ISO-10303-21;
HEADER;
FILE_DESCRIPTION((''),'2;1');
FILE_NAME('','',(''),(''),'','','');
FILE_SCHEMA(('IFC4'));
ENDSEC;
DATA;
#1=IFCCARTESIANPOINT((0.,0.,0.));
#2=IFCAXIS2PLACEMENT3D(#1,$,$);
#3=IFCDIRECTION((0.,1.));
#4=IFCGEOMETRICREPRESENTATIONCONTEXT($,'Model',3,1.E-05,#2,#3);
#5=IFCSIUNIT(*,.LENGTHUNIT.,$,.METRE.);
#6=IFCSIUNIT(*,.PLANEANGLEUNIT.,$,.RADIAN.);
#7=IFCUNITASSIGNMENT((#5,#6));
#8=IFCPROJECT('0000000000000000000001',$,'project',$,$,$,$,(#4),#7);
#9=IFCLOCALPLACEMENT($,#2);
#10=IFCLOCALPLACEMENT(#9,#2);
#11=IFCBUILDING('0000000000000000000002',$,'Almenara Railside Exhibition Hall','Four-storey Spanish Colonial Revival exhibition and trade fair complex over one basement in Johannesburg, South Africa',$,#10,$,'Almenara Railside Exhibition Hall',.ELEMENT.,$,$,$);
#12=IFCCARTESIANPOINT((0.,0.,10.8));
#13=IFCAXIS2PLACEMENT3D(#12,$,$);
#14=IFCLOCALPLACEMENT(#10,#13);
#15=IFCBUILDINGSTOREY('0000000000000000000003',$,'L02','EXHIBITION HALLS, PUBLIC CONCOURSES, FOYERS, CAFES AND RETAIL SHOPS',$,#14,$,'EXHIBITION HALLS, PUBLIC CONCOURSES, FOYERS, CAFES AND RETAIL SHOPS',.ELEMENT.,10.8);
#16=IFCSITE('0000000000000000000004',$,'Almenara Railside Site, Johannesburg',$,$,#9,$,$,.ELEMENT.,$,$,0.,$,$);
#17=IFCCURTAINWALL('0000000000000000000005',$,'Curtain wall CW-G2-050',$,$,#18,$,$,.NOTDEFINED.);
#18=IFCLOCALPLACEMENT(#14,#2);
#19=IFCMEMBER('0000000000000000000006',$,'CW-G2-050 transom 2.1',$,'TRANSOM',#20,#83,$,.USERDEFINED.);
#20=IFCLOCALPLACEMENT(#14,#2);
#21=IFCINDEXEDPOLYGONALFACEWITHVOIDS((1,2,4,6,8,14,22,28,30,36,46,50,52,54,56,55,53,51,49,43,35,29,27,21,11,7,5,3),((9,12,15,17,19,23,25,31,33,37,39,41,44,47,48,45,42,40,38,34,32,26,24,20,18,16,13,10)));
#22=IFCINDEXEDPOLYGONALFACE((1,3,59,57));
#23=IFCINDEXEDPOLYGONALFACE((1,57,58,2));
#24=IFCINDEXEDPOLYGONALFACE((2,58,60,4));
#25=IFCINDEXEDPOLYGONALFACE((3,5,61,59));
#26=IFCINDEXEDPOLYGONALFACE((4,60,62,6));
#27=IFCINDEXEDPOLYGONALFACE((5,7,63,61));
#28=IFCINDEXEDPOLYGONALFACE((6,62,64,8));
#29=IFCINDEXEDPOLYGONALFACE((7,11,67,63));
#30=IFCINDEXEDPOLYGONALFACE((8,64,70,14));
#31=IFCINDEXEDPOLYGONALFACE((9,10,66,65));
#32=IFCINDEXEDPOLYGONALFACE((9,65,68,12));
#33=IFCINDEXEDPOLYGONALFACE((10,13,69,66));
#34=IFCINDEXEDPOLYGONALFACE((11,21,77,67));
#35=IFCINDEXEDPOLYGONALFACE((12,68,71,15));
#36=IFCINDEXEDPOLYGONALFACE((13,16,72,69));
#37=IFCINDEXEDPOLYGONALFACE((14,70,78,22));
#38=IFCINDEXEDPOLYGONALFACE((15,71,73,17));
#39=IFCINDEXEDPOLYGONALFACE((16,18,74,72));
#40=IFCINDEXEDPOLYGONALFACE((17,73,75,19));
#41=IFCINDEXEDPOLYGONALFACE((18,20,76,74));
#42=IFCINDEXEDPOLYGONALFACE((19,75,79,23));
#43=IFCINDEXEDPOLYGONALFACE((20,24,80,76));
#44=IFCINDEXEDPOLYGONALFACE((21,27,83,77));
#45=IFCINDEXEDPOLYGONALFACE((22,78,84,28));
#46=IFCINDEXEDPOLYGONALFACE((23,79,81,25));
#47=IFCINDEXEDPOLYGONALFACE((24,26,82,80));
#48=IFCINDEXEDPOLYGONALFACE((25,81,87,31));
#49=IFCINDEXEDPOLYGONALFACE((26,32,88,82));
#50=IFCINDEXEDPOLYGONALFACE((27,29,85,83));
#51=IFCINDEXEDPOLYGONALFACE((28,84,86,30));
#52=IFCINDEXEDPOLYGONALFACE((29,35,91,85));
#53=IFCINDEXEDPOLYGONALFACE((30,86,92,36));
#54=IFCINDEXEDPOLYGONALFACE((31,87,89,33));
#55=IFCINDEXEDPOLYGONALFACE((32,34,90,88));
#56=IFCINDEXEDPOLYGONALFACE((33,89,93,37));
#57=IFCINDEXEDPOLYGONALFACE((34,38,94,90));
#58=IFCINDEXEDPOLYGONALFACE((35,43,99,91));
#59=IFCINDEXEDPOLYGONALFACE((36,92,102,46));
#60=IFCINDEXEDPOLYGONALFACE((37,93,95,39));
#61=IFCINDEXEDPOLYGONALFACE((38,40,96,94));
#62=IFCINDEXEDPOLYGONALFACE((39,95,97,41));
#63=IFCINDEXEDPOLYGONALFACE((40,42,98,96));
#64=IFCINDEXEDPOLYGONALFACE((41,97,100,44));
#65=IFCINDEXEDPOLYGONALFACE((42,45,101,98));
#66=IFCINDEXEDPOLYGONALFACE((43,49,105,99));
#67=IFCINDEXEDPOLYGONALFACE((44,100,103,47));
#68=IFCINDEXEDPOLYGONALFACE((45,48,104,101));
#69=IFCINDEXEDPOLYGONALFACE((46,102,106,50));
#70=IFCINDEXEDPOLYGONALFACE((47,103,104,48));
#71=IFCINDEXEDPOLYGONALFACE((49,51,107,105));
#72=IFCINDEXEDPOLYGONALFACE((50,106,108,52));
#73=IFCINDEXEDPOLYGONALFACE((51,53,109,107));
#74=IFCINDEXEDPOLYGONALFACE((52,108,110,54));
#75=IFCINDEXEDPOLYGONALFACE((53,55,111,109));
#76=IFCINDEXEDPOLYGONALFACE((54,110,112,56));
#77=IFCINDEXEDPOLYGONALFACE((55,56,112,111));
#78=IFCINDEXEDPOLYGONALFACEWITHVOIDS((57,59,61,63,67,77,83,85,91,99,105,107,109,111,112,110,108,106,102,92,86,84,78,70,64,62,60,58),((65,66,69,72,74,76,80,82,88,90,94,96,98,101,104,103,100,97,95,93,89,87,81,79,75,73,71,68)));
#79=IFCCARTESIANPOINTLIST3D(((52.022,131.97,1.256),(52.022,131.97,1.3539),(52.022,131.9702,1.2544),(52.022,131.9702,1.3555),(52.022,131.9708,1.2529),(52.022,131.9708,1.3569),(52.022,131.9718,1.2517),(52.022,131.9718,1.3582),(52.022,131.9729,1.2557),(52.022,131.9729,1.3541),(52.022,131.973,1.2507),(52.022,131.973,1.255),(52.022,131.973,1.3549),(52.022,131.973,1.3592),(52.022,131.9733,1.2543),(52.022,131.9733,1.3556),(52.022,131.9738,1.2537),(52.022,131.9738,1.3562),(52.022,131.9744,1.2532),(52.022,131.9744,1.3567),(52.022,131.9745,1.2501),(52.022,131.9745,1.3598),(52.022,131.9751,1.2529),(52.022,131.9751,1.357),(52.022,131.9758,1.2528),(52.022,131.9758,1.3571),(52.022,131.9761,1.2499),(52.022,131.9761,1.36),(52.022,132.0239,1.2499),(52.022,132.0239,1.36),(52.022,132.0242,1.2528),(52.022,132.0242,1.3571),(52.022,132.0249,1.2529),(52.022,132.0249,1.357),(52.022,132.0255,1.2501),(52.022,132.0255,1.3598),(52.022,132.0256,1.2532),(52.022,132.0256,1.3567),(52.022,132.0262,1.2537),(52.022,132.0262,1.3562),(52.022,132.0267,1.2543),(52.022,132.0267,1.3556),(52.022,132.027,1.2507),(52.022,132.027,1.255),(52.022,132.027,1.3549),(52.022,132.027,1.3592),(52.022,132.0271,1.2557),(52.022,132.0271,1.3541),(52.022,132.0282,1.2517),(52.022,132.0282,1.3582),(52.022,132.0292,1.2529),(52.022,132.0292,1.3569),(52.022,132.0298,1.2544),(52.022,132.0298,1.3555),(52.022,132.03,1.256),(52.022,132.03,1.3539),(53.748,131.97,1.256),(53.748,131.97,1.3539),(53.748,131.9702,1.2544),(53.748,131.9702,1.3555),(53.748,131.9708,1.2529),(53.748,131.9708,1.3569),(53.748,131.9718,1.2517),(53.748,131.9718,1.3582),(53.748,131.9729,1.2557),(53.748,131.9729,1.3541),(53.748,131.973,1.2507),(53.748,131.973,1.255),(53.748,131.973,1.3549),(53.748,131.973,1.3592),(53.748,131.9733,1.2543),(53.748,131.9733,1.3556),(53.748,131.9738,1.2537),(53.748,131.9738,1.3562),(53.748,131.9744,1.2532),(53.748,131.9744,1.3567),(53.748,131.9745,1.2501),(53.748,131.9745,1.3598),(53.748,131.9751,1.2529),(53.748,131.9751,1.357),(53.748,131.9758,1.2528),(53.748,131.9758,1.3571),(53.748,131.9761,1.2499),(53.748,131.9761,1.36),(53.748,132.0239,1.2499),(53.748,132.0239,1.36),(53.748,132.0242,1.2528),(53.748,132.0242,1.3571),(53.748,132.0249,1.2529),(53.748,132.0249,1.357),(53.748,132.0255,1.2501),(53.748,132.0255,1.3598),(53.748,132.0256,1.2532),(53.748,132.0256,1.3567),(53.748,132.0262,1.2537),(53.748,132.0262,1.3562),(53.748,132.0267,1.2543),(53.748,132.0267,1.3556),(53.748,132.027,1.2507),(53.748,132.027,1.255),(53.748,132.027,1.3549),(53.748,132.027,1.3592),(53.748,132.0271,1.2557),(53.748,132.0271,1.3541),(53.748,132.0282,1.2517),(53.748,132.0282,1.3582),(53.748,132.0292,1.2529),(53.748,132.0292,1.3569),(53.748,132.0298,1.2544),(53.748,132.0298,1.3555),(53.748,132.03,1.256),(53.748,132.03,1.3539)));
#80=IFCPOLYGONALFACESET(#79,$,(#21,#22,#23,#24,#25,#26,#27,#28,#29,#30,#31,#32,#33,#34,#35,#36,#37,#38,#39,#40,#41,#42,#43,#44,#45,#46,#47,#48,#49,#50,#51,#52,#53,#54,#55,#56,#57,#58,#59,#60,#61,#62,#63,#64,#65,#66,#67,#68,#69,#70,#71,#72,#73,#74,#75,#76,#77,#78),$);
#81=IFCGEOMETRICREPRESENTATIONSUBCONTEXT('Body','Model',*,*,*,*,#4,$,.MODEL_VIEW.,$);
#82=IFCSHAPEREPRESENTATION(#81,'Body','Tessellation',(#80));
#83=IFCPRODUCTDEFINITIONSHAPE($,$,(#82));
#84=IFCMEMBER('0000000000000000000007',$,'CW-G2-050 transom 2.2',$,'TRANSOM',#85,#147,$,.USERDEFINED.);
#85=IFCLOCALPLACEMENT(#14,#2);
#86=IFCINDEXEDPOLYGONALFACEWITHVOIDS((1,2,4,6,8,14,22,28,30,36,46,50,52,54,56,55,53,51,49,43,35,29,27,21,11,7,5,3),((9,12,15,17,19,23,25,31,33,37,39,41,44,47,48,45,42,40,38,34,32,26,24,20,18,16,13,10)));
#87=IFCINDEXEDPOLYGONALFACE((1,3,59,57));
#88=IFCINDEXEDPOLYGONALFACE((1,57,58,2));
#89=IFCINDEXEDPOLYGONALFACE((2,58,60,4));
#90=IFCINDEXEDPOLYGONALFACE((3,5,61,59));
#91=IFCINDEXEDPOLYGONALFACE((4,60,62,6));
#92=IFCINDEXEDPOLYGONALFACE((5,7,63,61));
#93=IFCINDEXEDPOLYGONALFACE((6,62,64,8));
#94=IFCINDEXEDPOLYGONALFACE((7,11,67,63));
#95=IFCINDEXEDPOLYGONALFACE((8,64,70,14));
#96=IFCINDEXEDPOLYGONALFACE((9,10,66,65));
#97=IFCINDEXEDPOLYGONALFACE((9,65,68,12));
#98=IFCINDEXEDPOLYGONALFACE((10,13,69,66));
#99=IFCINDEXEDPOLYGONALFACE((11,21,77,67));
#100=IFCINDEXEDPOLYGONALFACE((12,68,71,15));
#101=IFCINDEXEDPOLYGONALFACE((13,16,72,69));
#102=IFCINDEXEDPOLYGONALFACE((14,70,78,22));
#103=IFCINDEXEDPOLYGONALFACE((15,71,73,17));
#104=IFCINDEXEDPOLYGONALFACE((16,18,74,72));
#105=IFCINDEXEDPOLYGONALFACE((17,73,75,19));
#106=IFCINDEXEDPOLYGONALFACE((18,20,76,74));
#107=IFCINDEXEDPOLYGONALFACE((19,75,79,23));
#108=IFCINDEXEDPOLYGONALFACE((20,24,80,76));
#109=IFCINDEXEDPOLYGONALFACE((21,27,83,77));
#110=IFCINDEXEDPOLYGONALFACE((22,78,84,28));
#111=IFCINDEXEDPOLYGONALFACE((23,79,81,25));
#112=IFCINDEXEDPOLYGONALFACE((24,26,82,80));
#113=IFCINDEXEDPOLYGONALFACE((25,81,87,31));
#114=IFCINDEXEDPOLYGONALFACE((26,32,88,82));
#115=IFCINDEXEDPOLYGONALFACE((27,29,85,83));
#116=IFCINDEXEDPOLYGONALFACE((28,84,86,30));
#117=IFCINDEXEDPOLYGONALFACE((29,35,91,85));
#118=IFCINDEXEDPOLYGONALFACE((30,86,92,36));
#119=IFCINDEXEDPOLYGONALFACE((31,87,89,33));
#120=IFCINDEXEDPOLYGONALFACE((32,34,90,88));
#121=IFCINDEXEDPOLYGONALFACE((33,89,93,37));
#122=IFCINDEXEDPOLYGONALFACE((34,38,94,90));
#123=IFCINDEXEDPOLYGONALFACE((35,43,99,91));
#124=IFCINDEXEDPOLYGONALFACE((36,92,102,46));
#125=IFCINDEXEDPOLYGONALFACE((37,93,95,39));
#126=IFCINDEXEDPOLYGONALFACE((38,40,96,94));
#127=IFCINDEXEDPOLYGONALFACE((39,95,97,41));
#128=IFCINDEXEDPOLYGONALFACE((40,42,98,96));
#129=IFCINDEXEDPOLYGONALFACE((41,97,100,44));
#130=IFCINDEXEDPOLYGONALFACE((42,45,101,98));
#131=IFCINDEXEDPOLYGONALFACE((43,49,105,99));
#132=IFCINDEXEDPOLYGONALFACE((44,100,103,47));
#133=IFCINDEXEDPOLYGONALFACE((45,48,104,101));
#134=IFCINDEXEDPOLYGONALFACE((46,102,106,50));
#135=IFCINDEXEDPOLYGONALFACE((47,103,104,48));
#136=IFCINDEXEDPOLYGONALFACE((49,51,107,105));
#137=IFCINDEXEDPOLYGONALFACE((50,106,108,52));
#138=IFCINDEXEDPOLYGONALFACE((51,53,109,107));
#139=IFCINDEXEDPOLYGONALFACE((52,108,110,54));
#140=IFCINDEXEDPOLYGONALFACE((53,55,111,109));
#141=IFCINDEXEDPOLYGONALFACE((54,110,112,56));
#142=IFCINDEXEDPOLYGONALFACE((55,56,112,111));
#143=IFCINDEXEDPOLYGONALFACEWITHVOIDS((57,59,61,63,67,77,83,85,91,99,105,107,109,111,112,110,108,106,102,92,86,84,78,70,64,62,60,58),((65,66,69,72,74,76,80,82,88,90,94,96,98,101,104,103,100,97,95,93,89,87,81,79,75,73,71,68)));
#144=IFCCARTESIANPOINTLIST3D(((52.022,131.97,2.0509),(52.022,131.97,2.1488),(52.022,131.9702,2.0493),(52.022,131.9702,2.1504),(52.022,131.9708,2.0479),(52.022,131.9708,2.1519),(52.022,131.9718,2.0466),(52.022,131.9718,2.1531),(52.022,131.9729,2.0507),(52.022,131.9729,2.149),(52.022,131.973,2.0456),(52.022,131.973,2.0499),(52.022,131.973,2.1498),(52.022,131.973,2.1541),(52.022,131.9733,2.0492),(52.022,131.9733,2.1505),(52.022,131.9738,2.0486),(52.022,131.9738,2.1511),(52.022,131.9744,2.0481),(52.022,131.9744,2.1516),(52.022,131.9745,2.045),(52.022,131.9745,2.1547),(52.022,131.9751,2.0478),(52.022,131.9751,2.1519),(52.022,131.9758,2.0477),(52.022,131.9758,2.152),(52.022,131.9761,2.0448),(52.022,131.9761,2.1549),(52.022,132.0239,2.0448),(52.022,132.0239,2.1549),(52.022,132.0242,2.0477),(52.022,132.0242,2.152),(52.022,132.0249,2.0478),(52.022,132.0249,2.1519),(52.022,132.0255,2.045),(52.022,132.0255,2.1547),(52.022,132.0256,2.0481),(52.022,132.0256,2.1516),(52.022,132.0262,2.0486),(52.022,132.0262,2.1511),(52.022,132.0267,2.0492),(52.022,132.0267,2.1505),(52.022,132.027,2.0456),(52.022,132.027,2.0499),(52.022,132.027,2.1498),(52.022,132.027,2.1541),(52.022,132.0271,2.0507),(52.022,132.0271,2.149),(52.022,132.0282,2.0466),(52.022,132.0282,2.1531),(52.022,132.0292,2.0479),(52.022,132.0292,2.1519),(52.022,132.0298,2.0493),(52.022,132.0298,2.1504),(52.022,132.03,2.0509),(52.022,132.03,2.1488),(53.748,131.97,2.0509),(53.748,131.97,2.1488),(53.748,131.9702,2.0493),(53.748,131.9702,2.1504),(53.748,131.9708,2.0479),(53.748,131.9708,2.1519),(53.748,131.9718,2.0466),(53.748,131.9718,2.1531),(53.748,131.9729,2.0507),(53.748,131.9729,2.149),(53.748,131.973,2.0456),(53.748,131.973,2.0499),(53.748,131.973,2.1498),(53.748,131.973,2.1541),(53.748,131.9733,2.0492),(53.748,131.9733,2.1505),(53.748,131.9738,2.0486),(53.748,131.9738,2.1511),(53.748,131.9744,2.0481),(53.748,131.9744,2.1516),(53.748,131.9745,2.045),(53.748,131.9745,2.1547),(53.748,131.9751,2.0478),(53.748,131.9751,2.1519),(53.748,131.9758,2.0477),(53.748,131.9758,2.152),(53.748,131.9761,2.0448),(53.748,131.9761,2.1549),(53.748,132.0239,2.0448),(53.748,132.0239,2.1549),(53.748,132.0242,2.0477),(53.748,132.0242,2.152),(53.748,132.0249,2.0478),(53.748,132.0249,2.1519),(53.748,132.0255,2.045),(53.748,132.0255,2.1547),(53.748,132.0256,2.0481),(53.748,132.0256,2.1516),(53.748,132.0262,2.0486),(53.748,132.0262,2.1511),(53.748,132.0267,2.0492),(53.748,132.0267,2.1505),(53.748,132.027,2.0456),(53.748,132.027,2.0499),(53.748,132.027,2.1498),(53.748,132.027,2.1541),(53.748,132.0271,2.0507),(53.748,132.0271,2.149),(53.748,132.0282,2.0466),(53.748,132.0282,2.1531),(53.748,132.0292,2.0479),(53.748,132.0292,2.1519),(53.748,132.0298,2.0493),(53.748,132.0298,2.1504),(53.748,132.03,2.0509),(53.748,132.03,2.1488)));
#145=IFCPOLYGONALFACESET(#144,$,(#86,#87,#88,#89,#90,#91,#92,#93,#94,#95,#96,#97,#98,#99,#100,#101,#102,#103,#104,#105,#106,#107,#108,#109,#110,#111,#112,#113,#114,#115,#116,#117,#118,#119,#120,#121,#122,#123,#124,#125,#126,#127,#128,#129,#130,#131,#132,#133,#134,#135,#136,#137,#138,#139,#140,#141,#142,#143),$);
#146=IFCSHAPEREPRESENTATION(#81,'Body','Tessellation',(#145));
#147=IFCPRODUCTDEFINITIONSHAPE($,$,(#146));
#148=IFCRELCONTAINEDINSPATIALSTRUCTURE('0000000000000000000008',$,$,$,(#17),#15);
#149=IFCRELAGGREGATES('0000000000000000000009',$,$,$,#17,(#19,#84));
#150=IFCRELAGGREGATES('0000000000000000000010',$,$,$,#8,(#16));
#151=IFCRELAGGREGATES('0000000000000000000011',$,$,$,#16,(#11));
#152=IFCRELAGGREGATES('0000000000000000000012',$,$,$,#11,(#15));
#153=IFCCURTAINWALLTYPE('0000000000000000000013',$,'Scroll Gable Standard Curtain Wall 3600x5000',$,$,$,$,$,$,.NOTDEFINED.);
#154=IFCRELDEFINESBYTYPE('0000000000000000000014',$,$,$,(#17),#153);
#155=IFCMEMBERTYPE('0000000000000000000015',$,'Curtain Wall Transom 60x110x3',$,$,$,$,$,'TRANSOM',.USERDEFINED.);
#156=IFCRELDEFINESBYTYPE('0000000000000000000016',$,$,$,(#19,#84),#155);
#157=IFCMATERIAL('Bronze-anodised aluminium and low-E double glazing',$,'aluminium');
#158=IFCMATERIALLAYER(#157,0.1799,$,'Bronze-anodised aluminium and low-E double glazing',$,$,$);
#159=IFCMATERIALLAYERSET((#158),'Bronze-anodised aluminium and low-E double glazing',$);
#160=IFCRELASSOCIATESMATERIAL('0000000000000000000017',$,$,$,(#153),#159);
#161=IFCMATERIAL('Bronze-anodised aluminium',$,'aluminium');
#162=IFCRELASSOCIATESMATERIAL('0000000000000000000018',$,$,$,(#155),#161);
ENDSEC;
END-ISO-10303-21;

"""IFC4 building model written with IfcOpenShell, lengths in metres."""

from ifc_helpers import new_model, si_unit, direction, frame, origin, origin_2d, place, context, subcontext, project, spatial, hollow_rectangle, extrude, material, layer, layer_set, material_profile, profile_set, type_object, element, aggregate, save


model = new_model("IFC4")

# Units and contexts
model_context = context("Model", 3, precision=1e-05, world=origin(), true_north=direction((0.0, 1.0)))
body_context = subcontext(model_context, "Body", "Model", "MODEL_VIEW")
ifc_project = project(units=[si_unit("LENGTHUNIT", "METRE"), si_unit("PLANEANGLEUNIT", "RADIAN")], contexts=[model_context])

# Site, building, storey
site_placement = place(None, origin())
site = spatial("IfcSite", under=ifc_project, at=site_placement, Name="Almenara Railside Site, Johannesburg", CompositionType="ELEMENT", RefElevation=0.0)
building_placement = place(site_placement, origin())
building = spatial("IfcBuilding", under=site, at=building_placement, Name="Almenara Railside Exhibition Hall", Description="Four-storey Spanish Colonial Revival exhibition and trade fair complex over one basement in Johannesburg, South Africa", LongName="Almenara Railside Exhibition Hall", CompositionType="ELEMENT")
storey_placement = place(building_placement, frame((0.0, 0.0, 10.8)))
storey = spatial("IfcBuildingStorey", under=building, at=storey_placement, Name="L02", Description="EXHIBITION HALLS, PUBLIC CONCOURSES, FOYERS, CAFES AND RETAIL SHOPS", LongName="EXHIBITION HALLS, PUBLIC CONCOURSES, FOYERS, CAFES AND RETAIL SHOPS", CompositionType="ELEMENT", Elevation=10.8)

# Curtain wall
ifc_material_1 = material(Name="Bronze-anodised aluminium and low-E double glazing", Category="aluminium")
ifc_layer_1 = layer(ifc_material_1, 0.1799, Name="Bronze-anodised aluminium and low-E double glazing")
ifc_layer_set_1 = layer_set([ifc_layer_1], Name="Bronze-anodised aluminium and low-E double glazing")
curtain_wall_type_1 = type_object("IfcCurtainWallType", Name="Scroll Gable Standard Curtain Wall 3600x5000", PredefinedType="NOTDEFINED", material=ifc_layer_set_1)
curtain_wall_1_placement = place(storey_placement, origin())
curtain_wall_1 = element("IfcCurtainWall", 1, at=curtain_wall_1_placement, inside=storey, type_object=curtain_wall_type_1, Name="Curtain wall CW-G2-050", PredefinedType="NOTDEFINED")
ifc_material_2 = material(Name="Bronze-anodised aluminium", Category="aluminium")

# Members
ifc_material_profile_1 = material_profile(ifc_material_2, hollow_rectangle(XDim=0.0601, YDim=0.1101, WallThickness=0.0029, InnerFilletRadius=0.0029, OuterFilletRadius=0.0061, at=origin_2d()), Name="ALU-TRN 60x110x3")
ifc_profile_set_1 = profile_set([ifc_material_profile_1], Name="Bronze-anodised aluminium")
member_type_1 = type_object("IfcMemberType", Name="Curtain Wall Transom 60x110x3", ElementType="TRANSOM", PredefinedType="USERDEFINED", material=ifc_profile_set_1)
member_1_placement = place(storey_placement, frame((52.022, 132.0, 1.3049), z_axis=(1.0, 0.0, 0.0), x_axis=(0.0, 1.0, 0.0)))
member_1 = element("IfcMember", 2, at=member_1_placement, type_object=member_type_1, Name="CW-G2-050 transom 2.1", ObjectType="TRANSOM", PredefinedType="USERDEFINED", context=body_context, shape_type="SweptSolid", body=[
    extrude(hollow_rectangle(XDim=0.0601, YDim=0.1101, WallThickness=0.0029, InnerFilletRadius=0.0029, OuterFilletRadius=0.0061, at=origin_2d()), origin(), (0.0, 0.0, 1.0), 1.7261),
])
member_2_placement = place(storey_placement, frame((52.022, 132.0, 2.0999), z_axis=(1.0, 0.0, 0.0), x_axis=(0.0, 1.0, 0.0)))
member_2 = element("IfcMember", 3, at=member_2_placement, type_object=member_type_1, Name="CW-G2-050 transom 2.2", ObjectType="TRANSOM", PredefinedType="USERDEFINED", context=body_context, shape_type="SweptSolid", body=[
    extrude(hollow_rectangle(XDim=0.0601, YDim=0.1101, WallThickness=0.0029, InnerFilletRadius=0.0029, OuterFilletRadius=0.0061, at=origin_2d()), origin(), (0.0, 0.0, 1.0), 1.7261),
])

aggregate(curtain_wall_1, [member_1, member_2])

save(model, "model.ifc")
